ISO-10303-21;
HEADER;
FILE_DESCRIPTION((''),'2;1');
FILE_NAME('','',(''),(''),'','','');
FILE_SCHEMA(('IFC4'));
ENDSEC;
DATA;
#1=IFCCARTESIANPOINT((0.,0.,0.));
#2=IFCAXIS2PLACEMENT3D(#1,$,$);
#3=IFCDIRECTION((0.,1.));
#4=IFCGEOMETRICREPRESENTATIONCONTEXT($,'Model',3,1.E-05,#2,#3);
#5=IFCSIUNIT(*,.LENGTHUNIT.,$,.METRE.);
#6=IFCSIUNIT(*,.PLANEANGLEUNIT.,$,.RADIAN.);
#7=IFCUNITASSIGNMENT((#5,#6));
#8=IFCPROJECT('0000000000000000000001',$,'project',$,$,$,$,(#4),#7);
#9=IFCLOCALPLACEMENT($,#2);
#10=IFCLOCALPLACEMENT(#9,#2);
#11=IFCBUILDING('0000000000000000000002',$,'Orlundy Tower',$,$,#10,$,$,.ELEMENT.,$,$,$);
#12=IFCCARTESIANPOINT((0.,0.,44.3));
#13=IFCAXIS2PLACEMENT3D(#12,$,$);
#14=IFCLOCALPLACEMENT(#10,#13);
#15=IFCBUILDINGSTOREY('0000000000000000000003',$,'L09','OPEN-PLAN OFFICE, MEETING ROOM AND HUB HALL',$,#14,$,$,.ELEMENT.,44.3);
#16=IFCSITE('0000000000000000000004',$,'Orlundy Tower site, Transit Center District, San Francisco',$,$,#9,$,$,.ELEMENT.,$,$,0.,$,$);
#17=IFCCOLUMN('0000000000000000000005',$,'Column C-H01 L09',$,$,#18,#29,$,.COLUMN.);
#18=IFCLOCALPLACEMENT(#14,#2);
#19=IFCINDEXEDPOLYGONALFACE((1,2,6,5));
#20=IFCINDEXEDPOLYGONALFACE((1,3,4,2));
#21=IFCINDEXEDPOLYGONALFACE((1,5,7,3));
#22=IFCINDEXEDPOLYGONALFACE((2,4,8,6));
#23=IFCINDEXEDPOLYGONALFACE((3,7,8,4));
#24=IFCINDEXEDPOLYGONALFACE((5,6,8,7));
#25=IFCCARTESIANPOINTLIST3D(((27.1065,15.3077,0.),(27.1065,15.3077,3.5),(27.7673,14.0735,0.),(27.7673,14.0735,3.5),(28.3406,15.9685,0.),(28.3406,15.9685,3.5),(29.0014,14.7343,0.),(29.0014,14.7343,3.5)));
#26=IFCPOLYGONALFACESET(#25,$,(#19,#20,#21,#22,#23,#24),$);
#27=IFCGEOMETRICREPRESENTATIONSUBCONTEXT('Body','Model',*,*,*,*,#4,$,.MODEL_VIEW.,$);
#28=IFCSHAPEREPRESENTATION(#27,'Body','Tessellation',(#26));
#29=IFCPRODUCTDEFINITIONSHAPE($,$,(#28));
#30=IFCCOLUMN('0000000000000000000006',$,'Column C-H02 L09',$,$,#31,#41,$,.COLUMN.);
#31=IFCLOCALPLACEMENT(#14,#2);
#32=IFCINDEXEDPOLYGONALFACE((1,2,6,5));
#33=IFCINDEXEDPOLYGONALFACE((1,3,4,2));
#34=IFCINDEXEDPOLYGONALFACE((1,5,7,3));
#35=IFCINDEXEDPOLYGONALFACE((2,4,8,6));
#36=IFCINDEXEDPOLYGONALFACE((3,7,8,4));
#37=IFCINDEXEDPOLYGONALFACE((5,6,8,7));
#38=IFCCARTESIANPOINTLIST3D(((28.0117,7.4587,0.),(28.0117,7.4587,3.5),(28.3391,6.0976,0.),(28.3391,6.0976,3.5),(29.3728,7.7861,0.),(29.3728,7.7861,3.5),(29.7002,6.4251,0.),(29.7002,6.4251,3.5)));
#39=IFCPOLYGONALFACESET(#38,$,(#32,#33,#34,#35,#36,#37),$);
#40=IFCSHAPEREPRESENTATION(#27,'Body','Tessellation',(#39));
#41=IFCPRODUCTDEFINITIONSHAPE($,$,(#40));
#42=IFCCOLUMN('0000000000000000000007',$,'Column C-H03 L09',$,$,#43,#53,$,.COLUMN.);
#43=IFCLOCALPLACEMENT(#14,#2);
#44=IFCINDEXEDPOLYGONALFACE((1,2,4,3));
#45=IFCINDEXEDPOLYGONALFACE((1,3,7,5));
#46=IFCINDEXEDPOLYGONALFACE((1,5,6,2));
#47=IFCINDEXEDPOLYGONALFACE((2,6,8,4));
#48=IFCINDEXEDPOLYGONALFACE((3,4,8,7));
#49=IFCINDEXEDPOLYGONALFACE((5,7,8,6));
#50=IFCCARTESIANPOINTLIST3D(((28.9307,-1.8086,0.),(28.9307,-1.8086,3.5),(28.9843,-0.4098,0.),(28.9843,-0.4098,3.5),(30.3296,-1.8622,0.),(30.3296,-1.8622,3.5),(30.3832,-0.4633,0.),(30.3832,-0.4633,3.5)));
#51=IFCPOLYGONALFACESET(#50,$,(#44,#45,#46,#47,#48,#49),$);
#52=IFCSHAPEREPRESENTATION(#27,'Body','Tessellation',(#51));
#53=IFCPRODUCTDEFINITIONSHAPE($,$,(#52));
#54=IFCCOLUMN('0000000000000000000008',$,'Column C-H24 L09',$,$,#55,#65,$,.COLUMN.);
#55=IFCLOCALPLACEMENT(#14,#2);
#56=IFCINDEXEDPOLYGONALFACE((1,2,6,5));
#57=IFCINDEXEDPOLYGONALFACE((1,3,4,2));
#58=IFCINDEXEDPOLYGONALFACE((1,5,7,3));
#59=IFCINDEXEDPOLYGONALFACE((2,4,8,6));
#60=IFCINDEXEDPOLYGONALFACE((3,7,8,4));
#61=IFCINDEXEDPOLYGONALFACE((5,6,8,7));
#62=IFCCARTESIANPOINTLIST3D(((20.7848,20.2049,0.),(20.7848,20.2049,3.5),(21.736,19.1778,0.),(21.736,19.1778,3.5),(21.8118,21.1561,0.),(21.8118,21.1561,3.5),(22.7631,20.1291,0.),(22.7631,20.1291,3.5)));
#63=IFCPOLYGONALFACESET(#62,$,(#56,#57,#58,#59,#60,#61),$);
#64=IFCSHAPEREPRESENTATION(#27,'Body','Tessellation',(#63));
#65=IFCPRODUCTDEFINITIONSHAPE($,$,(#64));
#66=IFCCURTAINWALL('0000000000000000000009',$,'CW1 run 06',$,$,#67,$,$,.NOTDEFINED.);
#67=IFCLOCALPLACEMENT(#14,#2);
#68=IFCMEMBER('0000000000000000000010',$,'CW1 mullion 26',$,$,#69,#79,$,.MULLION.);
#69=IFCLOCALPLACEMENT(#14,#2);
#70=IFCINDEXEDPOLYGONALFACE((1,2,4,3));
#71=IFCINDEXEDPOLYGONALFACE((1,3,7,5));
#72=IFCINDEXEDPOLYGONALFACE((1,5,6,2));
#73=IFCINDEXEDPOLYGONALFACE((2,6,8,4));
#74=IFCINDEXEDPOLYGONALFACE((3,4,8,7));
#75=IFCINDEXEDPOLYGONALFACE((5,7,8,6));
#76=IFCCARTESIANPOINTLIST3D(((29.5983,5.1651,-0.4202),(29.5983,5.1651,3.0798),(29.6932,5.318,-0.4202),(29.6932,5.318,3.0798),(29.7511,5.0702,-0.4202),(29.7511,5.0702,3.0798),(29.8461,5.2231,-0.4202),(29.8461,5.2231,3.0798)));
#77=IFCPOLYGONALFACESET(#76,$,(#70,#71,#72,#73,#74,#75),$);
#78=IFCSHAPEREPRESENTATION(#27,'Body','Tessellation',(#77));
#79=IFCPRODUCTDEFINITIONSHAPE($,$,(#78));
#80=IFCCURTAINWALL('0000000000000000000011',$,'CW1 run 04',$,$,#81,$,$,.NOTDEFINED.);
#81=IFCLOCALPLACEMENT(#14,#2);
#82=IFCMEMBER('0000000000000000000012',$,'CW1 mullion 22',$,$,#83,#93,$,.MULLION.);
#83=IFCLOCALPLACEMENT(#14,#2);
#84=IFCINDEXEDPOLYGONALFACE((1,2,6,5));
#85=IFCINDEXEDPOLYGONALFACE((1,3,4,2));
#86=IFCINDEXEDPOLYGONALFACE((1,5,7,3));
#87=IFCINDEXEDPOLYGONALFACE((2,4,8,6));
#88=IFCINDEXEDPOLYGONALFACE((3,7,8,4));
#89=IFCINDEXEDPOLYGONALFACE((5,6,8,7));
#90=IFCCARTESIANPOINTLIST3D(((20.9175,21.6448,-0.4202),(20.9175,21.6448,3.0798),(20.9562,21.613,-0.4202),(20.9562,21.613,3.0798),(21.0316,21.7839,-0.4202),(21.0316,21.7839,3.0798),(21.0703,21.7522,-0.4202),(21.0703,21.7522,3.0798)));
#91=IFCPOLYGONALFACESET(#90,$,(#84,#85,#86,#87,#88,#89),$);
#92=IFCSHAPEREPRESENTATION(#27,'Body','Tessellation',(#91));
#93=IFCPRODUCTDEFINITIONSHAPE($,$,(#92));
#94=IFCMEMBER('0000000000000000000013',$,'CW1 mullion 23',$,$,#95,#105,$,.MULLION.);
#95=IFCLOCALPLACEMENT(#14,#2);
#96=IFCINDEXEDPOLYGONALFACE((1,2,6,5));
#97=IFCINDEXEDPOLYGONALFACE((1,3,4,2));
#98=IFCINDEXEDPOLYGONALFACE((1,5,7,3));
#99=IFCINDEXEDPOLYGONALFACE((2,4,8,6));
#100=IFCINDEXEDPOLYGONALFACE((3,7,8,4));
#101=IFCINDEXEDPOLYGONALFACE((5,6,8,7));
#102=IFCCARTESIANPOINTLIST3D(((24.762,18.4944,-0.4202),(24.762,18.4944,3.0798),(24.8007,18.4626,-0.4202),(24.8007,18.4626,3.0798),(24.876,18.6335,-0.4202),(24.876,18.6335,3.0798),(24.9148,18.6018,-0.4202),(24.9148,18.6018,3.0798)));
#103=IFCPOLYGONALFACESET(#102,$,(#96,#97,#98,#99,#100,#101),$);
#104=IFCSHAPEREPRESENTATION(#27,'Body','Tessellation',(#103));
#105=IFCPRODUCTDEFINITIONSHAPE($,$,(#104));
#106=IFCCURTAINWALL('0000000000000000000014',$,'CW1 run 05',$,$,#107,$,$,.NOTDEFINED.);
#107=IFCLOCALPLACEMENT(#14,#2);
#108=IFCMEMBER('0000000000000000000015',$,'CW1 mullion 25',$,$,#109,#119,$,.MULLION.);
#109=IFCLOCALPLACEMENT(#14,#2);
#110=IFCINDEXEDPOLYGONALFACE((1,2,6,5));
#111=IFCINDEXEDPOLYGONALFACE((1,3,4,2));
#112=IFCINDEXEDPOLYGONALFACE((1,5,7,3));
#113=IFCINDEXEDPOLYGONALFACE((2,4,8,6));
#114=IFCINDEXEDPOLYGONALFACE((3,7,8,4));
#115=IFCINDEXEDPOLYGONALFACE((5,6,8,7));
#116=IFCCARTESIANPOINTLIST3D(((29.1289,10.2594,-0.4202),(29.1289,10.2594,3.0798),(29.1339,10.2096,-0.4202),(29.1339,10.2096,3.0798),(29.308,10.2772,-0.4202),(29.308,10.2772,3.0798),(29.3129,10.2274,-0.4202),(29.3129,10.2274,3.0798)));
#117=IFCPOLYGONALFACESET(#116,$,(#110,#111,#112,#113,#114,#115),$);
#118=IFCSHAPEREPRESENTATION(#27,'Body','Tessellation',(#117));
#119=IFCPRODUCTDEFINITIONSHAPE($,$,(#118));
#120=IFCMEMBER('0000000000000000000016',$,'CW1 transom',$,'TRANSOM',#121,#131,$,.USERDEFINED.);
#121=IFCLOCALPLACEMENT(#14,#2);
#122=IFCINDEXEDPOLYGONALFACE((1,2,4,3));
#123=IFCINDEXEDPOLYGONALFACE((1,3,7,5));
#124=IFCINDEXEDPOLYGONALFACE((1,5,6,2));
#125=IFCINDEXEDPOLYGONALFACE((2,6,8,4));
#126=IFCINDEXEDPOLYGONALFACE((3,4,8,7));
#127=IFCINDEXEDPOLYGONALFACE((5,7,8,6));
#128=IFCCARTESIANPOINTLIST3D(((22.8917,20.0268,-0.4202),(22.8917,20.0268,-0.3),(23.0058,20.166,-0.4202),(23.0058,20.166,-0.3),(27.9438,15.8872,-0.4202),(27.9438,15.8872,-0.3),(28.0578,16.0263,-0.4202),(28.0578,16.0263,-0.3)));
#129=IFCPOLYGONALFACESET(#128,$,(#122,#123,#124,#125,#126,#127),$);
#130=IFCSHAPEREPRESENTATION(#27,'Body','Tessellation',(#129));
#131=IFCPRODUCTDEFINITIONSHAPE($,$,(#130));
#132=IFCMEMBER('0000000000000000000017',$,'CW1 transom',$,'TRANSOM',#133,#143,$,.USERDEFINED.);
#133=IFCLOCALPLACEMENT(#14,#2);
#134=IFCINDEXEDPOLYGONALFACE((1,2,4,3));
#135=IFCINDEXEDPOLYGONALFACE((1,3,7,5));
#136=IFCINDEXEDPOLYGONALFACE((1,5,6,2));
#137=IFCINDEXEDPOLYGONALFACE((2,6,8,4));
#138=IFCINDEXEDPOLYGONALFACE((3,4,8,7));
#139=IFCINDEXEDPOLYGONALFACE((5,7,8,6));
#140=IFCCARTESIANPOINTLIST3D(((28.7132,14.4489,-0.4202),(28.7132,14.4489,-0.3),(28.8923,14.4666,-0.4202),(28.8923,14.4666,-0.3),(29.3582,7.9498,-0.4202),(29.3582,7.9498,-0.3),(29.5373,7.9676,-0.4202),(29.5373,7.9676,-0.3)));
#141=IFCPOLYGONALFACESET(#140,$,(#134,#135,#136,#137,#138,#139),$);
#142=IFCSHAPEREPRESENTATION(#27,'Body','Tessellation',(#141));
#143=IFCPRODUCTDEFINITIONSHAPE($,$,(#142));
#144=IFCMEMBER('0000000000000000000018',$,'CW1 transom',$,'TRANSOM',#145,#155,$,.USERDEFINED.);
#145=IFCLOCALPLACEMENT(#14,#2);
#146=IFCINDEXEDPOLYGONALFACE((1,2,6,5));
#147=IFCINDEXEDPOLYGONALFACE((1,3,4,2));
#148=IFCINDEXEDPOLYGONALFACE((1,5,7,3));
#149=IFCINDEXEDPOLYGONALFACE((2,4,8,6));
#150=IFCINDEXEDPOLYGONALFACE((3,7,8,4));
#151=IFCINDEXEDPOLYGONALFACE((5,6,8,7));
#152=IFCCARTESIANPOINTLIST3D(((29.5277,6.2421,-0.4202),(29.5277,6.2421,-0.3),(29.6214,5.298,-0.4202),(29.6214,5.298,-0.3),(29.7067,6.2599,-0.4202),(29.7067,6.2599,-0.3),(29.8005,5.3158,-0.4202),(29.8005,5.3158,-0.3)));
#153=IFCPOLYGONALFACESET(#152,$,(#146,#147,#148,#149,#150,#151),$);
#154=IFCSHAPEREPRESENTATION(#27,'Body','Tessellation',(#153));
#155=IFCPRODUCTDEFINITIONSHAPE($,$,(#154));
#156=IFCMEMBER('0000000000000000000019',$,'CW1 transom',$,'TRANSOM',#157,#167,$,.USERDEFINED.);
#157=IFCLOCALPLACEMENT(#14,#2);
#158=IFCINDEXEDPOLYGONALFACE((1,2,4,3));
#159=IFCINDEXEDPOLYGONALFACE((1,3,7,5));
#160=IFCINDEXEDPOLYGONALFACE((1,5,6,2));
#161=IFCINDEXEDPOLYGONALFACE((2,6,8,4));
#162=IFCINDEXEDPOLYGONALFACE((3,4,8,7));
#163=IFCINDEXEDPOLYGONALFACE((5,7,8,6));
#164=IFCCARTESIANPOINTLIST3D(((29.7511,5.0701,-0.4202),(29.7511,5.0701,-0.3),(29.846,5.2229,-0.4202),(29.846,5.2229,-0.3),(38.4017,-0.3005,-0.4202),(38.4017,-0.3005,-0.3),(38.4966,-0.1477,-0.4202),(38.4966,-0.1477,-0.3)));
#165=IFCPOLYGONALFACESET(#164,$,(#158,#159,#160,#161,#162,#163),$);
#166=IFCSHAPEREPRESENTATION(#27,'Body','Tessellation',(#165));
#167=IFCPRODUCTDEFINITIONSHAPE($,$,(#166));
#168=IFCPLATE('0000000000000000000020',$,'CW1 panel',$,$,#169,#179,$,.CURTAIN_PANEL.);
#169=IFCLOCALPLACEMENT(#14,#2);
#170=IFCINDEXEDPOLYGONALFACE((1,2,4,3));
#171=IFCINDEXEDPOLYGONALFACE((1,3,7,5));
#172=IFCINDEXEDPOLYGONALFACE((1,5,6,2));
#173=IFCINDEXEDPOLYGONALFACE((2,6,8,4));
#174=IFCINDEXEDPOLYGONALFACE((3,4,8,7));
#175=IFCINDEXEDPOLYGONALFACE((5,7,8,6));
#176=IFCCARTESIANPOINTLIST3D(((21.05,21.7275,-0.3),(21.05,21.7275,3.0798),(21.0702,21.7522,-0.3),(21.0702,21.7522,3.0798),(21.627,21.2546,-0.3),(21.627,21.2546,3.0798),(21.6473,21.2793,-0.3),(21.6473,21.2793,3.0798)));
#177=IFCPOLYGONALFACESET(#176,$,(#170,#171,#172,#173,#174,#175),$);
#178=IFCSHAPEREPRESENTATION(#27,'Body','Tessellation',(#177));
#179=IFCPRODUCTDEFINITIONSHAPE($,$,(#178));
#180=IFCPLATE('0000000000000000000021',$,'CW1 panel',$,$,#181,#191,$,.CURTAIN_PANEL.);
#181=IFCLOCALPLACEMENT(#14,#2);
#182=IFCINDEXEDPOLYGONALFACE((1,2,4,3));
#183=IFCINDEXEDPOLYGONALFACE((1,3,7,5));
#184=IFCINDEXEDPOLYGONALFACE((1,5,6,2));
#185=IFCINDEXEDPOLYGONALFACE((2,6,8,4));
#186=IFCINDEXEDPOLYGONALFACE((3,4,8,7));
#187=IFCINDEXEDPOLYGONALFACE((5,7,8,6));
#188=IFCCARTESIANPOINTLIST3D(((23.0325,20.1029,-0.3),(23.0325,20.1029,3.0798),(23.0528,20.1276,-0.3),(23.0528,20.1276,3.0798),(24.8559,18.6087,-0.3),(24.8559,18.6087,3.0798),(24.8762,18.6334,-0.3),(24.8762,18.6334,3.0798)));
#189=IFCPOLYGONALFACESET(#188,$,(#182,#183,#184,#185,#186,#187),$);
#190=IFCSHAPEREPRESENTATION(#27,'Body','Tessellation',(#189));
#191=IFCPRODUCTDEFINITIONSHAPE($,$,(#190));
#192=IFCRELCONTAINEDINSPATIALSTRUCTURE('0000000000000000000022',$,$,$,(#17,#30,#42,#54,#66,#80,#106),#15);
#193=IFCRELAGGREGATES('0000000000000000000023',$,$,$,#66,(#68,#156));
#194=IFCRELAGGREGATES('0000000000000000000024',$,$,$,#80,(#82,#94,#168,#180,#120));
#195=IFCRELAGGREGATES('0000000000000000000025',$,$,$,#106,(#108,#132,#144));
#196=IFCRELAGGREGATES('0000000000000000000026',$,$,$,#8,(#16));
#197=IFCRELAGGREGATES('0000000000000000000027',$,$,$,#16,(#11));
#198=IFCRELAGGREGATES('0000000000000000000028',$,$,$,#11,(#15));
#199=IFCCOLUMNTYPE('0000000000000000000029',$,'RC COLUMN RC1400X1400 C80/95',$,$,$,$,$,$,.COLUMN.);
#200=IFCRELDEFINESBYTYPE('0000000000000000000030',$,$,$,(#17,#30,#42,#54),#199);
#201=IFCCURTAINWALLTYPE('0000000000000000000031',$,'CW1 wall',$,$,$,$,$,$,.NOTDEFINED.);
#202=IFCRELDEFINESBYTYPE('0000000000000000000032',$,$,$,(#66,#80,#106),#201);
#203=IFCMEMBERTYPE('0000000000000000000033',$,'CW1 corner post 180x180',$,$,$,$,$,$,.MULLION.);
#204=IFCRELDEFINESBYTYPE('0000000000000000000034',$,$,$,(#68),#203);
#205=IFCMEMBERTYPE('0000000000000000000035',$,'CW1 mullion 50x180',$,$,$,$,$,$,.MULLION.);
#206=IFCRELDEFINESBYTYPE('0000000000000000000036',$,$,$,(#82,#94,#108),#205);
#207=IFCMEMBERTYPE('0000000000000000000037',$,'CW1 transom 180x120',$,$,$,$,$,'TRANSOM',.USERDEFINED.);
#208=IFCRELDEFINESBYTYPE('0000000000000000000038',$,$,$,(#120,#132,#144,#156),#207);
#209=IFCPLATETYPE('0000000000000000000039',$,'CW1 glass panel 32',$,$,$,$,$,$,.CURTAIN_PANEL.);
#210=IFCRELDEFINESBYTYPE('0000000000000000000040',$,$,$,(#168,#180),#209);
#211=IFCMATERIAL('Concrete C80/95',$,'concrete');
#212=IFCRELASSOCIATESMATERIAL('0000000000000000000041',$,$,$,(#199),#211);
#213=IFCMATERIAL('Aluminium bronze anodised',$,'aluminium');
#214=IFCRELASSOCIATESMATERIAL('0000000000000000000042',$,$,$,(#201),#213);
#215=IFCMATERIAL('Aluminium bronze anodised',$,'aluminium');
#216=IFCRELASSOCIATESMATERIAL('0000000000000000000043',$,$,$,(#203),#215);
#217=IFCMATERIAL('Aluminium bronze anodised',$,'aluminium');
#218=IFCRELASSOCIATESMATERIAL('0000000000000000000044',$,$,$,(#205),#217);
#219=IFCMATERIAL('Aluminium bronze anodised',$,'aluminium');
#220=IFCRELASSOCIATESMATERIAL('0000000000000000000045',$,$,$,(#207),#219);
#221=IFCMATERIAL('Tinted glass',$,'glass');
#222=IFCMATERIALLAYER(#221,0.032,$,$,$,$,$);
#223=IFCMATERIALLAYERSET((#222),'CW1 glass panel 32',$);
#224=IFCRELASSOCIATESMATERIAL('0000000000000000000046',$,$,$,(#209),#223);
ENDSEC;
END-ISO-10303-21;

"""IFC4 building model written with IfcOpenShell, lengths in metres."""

from ifc_helpers import new_model, si_unit, direction, frame, origin, origin_2d, place, context, subcontext, project, spatial, rectangle, extrude, material, layer, layer_set, material_profile, profile_set, type_object, element, aggregate, save


model = new_model("IFC4")

# Units and contexts
model_context = context("Model", 3, precision=1e-05, world=origin(), true_north=direction((0.0, 1.0)))
body_context = subcontext(model_context, "Body", "Model", "MODEL_VIEW")
ifc_project = project(units=[si_unit("LENGTHUNIT", "METRE"), si_unit("PLANEANGLEUNIT", "RADIAN")], contexts=[model_context])

# Site, building, storey
site_placement = place(None, origin())
site = spatial("IfcSite", under=ifc_project, at=site_placement, Name="Orlundy Tower site, Transit Center District, San Francisco", CompositionType="ELEMENT", RefElevation=0.0)
building_placement = place(site_placement, origin())
building = spatial("IfcBuilding", under=site, at=building_placement, Name="Orlundy Tower", CompositionType="ELEMENT")
storey_placement = place(building_placement, frame((0.0, 0.0, 44.3)))
storey = spatial("IfcBuildingStorey", under=building, at=storey_placement, Name="L09", Description="OPEN-PLAN OFFICE, MEETING ROOM AND HUB HALL", CompositionType="ELEMENT", Elevation=44.3)

# Columns
ifc_material_1 = material(Name="Concrete C80/95", Category="concrete")
ifc_material_profile_1 = material_profile(ifc_material_1, rectangle(XDim=1.3999, YDim=1.3999, at=origin_2d()), Name="RC1400X1400")
ifc_profile_set_1 = profile_set([ifc_material_profile_1], Name="Concrete C80/95")
column_type = type_object("IfcColumnType", Name="RC COLUMN RC1400X1400 C80/95", PredefinedType="COLUMN", material=ifc_profile_set_1)
for number, where, z_axis, x_axis, name in (
    (1, (28.054, 15.021, 0.0), (0.0, 0.0, 1.0), (0.881584, 0.472028, 0.0), "Column C-H01 L09"),
    (2, (28.856, 6.9419, 0.0), (0.0, 0.0, 1.0), (0.97226, 0.233904, 0.0), "Column C-H02 L09"),
    (3, (29.657, -1.136, 0.0), (0.0, 0.0, 1.0), (0.999267, -0.038283, 0.0), "Column C-H03 L09"),
    (4, (21.7739, 20.167, 0.0), (0.0, 0.0, 1.0), (0.733659, 0.679518, 0.0), "Column C-H24 L09"),
):
    element("IfcColumn", number, at=place(storey_placement, frame(where, z_axis=z_axis, x_axis=x_axis)), inside=storey, type_object=column_type, Name=name, PredefinedType="COLUMN", context=body_context, shape_type="SweptSolid", body=[
        extrude(rectangle(XDim=1.3999, YDim=1.3999, at=origin_2d()), origin(), (0.0, 0.0, 1.0), 3.5),
    ])

# Curtain wall, member
ifc_material_2 = material(Name="Aluminium bronze anodised", Category="aluminium")
curtain_wall_type = type_object("IfcCurtainWallType", Name="CW1 wall", PredefinedType="NOTDEFINED", material=ifc_material_2)
curtain_wall_1_placement = place(storey_placement, origin())
curtain_wall_1 = element("IfcCurtainWall", 5, at=curtain_wall_1_placement, inside=storey, type_object=curtain_wall_type, Name="CW1 run 06", PredefinedType="NOTDEFINED")
ifc_material_3 = material(Name="Aluminium bronze anodised", Category="aluminium")
ifc_material_profile_2 = material_profile(ifc_material_3, rectangle(XDim=0.1799, YDim=0.1799, at=origin_2d()), Name="CW1 corner post 180x180")
ifc_profile_set_2 = profile_set([ifc_material_profile_2], Name="Aluminium bronze anodised")
member_type_1 = type_object("IfcMemberType", Name="CW1 corner post 180x180", PredefinedType="MULLION", material=ifc_profile_set_2)
member_1_placement = place(storey_placement, frame((29.7222, 5.1941, -0.4202), z_axis=(0.0, 0.0, 1.0), x_axis=(0.527453, 0.849584, 0.0)))
member_1 = element("IfcMember", 6, at=member_1_placement, type_object=member_type_1, Name="CW1 mullion 26", PredefinedType="MULLION", context=body_context, shape_type="SweptSolid", body=[
    extrude(rectangle(XDim=0.1799, YDim=0.1799, at=origin_2d()), origin(), (0.0, 0.0, 1.0), 3.5),
])

# Curtain wall, members
curtain_wall_2_placement = place(storey_placement, origin())
curtain_wall_2 = element("IfcCurtainWall", 7, at=curtain_wall_2_placement, inside=storey, type_object=curtain_wall_type, Name="CW1 run 04", PredefinedType="NOTDEFINED")
ifc_material_4 = material(Name="Aluminium bronze anodised", Category="aluminium")
ifc_material_profile_3 = material_profile(ifc_material_4, rectangle(XDim=0.1799, YDim=0.05, at=origin_2d()), Name="CW1 mullion 50x180")
ifc_profile_set_3 = profile_set([ifc_material_profile_3], Name="Aluminium bronze anodised")
member_type_2 = type_object("IfcMemberType", Name="CW1 mullion 50x180", PredefinedType="MULLION", material=ifc_profile_set_3)
member_2_placement = place(storey_placement, frame((20.9939, 21.6985, -0.4202), z_axis=(0.0, 0.0, 1.0), x_axis=(0.633818, 0.773482, 0.0)))
member_2 = element("IfcMember", 8, at=member_2_placement, type_object=member_type_2, Name="CW1 mullion 22", PredefinedType="MULLION", context=body_context, shape_type="SweptSolid", body=[
    extrude(rectangle(XDim=0.1799, YDim=0.05, at=origin_2d()), origin(), (0.0, 0.0, 1.0), 3.5),
])
member_3_placement = place(storey_placement, frame((24.8384, 18.5481, -0.4202), z_axis=(0.0, 0.0, 1.0), x_axis=(0.633818, 0.773482, 0.0)))
member_3 = element("IfcMember", 9, at=member_3_placement, type_object=member_type_2, Name="CW1 mullion 23", PredefinedType="MULLION", context=body_context, shape_type="SweptSolid", body=[
    extrude(rectangle(XDim=0.1799, YDim=0.05, at=origin_2d()), origin(), (0.0, 0.0, 1.0), 3.5),
])

# Curtain wall, member
curtain_wall_3_placement = place(storey_placement, origin())
curtain_wall_3 = element("IfcCurtainWall", 10, at=curtain_wall_3_placement, inside=storey, type_object=curtain_wall_type, Name="CW1 run 05", PredefinedType="NOTDEFINED")
member_4_placement = place(storey_placement, frame((29.2209, 10.2434, -0.4202), z_axis=(0.0, 0.0, 1.0), x_axis=(0.995111, 0.098759, 0.0)))
member_4 = element("IfcMember", 11, at=member_4_placement, type_object=member_type_2, Name="CW1 mullion 25", PredefinedType="MULLION", context=body_context, shape_type="SweptSolid", body=[
    extrude(rectangle(XDim=0.1799, YDim=0.05, at=origin_2d()), origin(), (0.0, 0.0, 1.0), 3.5),
])

# Members
ifc_material_5 = material(Name="Aluminium bronze anodised", Category="aluminium")
ifc_material_profile_4 = material_profile(ifc_material_5, rectangle(XDim=0.1799, YDim=0.1201, at=origin_2d()), Name="CW1 transom 180x120")
ifc_profile_set_4 = profile_set([ifc_material_profile_4], Name="Aluminium bronze anodised")
member_type_3 = type_object("IfcMemberType", Name="CW1 transom 180x120", ElementType="TRANSOM", PredefinedType="USERDEFINED", material=ifc_profile_set_4)
member_5_placement = place(storey_placement, frame((22.9487, 20.0964, -0.3601), z_axis=(0.773492, -0.633806, 0.0), x_axis=(0.633806, 0.773492, 0.0)))
member_5 = element("IfcMember", 12, at=member_5_placement, type_object=member_type_3, Name="CW1 transom", ObjectType="TRANSOM", PredefinedType="USERDEFINED", context=body_context, shape_type="SweptSolid", body=[
    extrude(rectangle(XDim=0.1799, YDim=0.1201, at=origin_2d()), origin(), (0.0, 0.0, 1.0), 6.5315),
])
member_6_placement = place(storey_placement, frame((28.8027, 14.4578, -0.3601), z_axis=(0.098763, -0.995111, 0.0), x_axis=(0.995111, 0.098763, 0.0)))
member_6 = element("IfcMember", 13, at=member_6_placement, type_object=member_type_3, Name="CW1 transom", ObjectType="TRANSOM", PredefinedType="USERDEFINED", context=body_context, shape_type="SweptSolid", body=[
    extrude(rectangle(XDim=0.1799, YDim=0.1201, at=origin_2d()), origin(), (0.0, 0.0, 1.0), 6.531),
])
member_7_placement = place(storey_placement, frame((29.6172, 6.251, -0.3601), z_axis=(0.098816, -0.995106, 0.0), x_axis=(0.995106, 0.098816, 0.0)))
member_7 = element("IfcMember", 14, at=member_7_placement, type_object=member_type_3, Name="CW1 transom", ObjectType="TRANSOM", PredefinedType="USERDEFINED", context=body_context, shape_type="SweptSolid", body=[
    extrude(rectangle(XDim=0.1799, YDim=0.1201, at=origin_2d()), origin(), (0.0, 0.0, 1.0), 0.9487),
])
member_8_placement = place(storey_placement, frame((29.7986, 5.1465, -0.3601), z_axis=(0.849585, -0.527451, 0.0), x_axis=(0.527451, 0.849585, 0.0)))
member_8 = element("IfcMember", 15, at=member_8_placement, type_object=member_type_3, Name="CW1 transom", ObjectType="TRANSOM", PredefinedType="USERDEFINED", context=body_context, shape_type="SweptSolid", body=[
    extrude(rectangle(XDim=0.1799, YDim=0.1201, at=origin_2d()), origin(), (0.0, 0.0, 1.0), 10.1821),
])
aggregate(curtain_wall_1, [member_1, member_8])

# Plates
ifc_material_6 = material(Name="Tinted glass", Category="glass")
ifc_layer_1 = layer(ifc_material_6, 0.032)
ifc_layer_set_1 = layer_set([ifc_layer_1], Name="CW1 glass panel 32")
plate_type = type_object("IfcPlateType", Name="CW1 glass panel 32", PredefinedType="CURTAIN_PANEL", material=ifc_layer_set_1)
plate_1_placement = place(storey_placement, frame((21.3486, 21.5034, -0.3), z_axis=(0.0, 0.0, 1.0), x_axis=(0.773482, -0.633818, 0.0)))
plate_1 = element("IfcPlate", 16, at=plate_1_placement, type_object=plate_type, Name="CW1 panel", PredefinedType="CURTAIN_PANEL", context=body_context, shape_type="SweptSolid", body=[
    extrude(rectangle(XDim=0.7461, YDim=0.032, at=origin_2d()), origin(), (0.0, 0.0, 1.0), 3.3799),
])
plate_2_placement = place(storey_placement, frame((23.9543, 19.3682, -0.3), z_axis=(0.0, 0.0, 1.0), x_axis=(0.773482, -0.633818, 0.0)))
plate_2 = element("IfcPlate", 17, at=plate_2_placement, type_object=plate_type, Name="CW1 panel", PredefinedType="CURTAIN_PANEL", context=body_context, shape_type="SweptSolid", body=[
    extrude(rectangle(XDim=2.3574, YDim=0.032, at=origin_2d()), origin(), (0.0, 0.0, 1.0), 3.3799),
])
aggregate(curtain_wall_2, [member_2, member_3, plate_1, plate_2, member_5])
aggregate(curtain_wall_3, [member_4, member_6, member_7])

save(model, "model.ifc")
